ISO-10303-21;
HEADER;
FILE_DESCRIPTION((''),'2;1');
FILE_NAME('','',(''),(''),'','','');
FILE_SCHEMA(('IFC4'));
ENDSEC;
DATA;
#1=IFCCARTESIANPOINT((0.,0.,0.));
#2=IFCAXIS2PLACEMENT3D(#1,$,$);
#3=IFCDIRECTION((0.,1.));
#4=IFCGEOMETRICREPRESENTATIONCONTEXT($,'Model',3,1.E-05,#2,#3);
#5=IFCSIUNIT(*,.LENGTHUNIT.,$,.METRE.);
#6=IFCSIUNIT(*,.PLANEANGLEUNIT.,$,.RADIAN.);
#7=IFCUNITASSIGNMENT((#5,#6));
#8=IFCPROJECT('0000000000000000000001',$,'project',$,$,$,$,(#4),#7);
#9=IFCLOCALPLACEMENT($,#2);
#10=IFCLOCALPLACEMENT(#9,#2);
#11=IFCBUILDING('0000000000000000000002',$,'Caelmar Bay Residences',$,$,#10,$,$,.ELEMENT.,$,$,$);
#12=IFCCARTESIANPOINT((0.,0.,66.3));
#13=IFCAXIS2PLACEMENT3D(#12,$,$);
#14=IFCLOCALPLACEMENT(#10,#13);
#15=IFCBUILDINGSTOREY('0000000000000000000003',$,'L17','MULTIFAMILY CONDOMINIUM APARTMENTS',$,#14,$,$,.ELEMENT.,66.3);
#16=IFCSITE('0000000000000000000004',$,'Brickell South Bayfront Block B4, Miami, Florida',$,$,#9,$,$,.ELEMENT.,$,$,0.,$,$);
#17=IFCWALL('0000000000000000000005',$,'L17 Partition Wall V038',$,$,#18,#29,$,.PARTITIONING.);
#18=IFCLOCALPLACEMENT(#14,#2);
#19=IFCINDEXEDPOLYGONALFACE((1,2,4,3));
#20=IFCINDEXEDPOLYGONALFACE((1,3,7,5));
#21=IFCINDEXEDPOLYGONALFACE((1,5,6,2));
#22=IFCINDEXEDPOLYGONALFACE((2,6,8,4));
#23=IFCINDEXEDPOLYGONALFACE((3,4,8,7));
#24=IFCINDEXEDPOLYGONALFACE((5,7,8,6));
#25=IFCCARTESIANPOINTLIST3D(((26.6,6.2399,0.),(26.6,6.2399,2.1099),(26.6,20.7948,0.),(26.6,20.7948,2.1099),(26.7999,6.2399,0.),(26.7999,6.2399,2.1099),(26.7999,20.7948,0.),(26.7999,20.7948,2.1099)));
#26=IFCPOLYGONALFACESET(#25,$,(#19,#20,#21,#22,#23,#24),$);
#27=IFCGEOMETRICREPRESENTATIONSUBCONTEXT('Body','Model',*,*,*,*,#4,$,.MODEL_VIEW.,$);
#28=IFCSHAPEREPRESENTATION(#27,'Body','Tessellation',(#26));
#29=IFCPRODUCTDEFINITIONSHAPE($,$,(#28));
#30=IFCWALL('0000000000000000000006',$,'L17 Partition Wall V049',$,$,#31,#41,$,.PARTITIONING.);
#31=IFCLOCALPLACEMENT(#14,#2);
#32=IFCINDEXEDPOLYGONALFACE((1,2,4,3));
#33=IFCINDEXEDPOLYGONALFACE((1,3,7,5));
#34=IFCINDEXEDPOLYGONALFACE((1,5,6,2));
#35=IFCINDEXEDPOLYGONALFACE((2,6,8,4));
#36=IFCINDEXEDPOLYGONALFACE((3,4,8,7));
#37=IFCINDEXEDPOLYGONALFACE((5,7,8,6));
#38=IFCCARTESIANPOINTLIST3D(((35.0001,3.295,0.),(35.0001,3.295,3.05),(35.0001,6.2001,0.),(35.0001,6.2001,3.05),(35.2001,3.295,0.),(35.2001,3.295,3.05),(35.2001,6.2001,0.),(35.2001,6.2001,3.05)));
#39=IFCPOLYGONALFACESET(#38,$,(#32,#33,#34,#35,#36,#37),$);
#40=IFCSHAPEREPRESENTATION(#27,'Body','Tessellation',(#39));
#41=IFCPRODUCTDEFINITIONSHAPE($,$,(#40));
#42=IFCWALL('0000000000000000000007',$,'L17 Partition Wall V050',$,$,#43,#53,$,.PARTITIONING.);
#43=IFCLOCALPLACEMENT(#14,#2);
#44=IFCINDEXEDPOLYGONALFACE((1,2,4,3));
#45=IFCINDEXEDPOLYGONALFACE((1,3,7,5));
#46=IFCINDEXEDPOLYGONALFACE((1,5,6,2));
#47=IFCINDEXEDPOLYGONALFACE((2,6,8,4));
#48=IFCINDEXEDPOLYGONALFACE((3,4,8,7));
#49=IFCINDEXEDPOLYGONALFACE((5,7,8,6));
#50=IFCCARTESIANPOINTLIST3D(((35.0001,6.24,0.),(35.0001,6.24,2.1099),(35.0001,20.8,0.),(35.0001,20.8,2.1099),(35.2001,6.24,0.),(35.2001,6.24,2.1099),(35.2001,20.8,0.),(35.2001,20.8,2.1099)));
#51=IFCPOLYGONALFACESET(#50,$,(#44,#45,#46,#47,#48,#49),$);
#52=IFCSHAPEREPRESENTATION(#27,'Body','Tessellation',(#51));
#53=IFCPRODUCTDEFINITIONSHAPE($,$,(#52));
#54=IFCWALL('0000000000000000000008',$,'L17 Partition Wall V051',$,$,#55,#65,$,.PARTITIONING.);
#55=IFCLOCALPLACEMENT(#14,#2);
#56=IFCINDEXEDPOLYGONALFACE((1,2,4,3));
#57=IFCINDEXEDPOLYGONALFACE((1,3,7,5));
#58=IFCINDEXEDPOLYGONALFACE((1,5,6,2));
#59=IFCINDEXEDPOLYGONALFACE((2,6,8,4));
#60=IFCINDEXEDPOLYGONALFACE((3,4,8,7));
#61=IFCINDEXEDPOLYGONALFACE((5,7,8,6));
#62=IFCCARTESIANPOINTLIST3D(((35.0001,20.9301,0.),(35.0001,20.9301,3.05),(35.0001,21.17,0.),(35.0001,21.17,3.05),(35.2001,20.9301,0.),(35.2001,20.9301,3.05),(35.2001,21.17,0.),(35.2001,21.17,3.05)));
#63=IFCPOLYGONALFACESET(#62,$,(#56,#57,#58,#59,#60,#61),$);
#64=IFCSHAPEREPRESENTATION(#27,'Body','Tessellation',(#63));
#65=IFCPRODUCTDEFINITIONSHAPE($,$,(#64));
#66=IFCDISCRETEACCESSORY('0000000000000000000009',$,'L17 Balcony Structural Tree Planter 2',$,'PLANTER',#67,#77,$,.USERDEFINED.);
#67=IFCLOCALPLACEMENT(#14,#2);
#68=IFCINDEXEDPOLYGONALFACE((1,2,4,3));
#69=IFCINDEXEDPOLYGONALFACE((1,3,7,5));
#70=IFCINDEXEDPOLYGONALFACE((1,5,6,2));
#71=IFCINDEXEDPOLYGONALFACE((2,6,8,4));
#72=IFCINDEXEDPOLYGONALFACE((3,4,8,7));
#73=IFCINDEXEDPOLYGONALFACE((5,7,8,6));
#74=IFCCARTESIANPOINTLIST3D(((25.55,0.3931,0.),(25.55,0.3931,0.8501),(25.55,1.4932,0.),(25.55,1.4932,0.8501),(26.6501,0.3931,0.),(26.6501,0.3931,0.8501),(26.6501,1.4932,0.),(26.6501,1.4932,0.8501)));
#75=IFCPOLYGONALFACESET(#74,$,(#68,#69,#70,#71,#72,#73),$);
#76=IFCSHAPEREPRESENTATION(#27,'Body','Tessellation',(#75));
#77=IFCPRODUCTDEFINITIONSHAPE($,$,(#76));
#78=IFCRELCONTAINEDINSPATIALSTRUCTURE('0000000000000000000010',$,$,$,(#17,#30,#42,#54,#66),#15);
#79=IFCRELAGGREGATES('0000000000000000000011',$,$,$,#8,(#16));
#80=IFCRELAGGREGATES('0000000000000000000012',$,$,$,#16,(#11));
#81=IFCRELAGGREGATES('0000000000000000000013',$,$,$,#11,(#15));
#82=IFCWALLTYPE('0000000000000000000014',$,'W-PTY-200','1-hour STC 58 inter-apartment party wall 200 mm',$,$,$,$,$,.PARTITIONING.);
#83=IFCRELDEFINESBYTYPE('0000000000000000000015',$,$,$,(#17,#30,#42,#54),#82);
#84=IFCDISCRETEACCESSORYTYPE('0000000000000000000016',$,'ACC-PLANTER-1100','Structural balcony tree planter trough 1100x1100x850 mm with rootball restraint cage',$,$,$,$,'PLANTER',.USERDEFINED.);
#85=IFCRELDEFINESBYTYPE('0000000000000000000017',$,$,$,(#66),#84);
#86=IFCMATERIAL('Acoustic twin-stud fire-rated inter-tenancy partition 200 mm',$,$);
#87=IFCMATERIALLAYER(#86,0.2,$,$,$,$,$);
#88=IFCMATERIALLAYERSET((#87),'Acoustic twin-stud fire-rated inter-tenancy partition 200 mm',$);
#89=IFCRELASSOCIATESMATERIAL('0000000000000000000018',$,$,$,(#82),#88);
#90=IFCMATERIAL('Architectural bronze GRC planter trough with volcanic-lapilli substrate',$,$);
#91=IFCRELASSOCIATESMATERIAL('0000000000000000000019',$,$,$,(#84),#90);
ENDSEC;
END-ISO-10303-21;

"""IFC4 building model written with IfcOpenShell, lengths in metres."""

from ifc_helpers import new_model, si_unit, direction, frame, frame_2d, origin, origin_2d, place, context, subcontext, project, spatial, rectangle, extrude, material, layer, layer_set, type_object, element, save


model = new_model("IFC4")

# Units and contexts
model_context = context("Model", 3, precision=1e-05, world=origin(), true_north=direction((0.0, 1.0)))
body_context = subcontext(model_context, "Body", "Model", "MODEL_VIEW")
ifc_project = project(units=[si_unit("LENGTHUNIT", "METRE"), si_unit("PLANEANGLEUNIT", "RADIAN")], contexts=[model_context])

# Site, building, storey
site_placement = place(None, origin())
site = spatial("IfcSite", under=ifc_project, at=site_placement, Name="Brickell South Bayfront Block B4, Miami, Florida", CompositionType="ELEMENT", RefElevation=0.0)
building_placement = place(site_placement, origin())
building = spatial("IfcBuilding", under=site, at=building_placement, Name="Caelmar Bay Residences", CompositionType="ELEMENT")
storey_placement = place(building_placement, frame((0.0, 0.0, 66.3)))
storey = spatial("IfcBuildingStorey", under=building, at=storey_placement, Name="L17", Description="MULTIFAMILY CONDOMINIUM APARTMENTS", CompositionType="ELEMENT", Elevation=66.3)

# Walls
ifc_material_1 = material(Name="Acoustic twin-stud fire-rated inter-tenancy partition 200 mm")
ifc_layer_1 = layer(ifc_material_1, 0.2)
ifc_layer_set_1 = layer_set([ifc_layer_1], Name="Acoustic twin-stud fire-rated inter-tenancy partition 200 mm")
wall_type_1 = type_object("IfcWallType", Name="W-PTY-200", Description="1-hour STC 58 inter-apartment party wall 200 mm", PredefinedType="PARTITIONING", material=ifc_layer_set_1)
wall_1_placement = place(storey_placement, frame((26.7, 6.24, 0.0), z_axis=(0.0, 0.0, 1.0), x_axis=(0.0, 1.0, 0.0)))
element("IfcWall", 1, at=wall_1_placement, inside=storey, type_object=wall_type_1, Name="L17 Partition Wall V038", PredefinedType="PARTITIONING", context=body_context, shape_type="SweptSolid", body=[
    extrude(rectangle(XDim=14.5549, YDim=0.2, at=frame_2d((7.2773, 0.0))), origin(), (0.0, 0.0, 1.0), 2.1099),
])
wall_2_placement = place(storey_placement, frame((35.1001, 3.2949, 0.0), z_axis=(0.0, 0.0, 1.0), x_axis=(0.0, 1.0, 0.0)))
element("IfcWall", 2, at=wall_2_placement, inside=storey, type_object=wall_type_1, Name="L17 Partition Wall V049", PredefinedType="PARTITIONING", context=body_context, shape_type="SweptSolid", body=[
    extrude(rectangle(XDim=2.905, YDim=0.2, at=frame_2d((1.4526, 0.0))), origin(), (0.0, 0.0, 1.0), 3.05),
])
wall_3_placement = place(storey_placement, frame((35.1001, 6.24, 0.0), z_axis=(0.0, 0.0, 1.0), x_axis=(0.0, 1.0, 0.0)))
element("IfcWall", 3, at=wall_3_placement, inside=storey, type_object=wall_type_1, Name="L17 Partition Wall V050", PredefinedType="PARTITIONING", context=body_context, shape_type="SweptSolid", body=[
    extrude(rectangle(XDim=14.5601, YDim=0.2, at=frame_2d((7.28, 0.0))), origin(), (0.0, 0.0, 1.0), 2.1099),
])
wall_4_placement = place(storey_placement, frame((35.1001, 20.9299, 0.0), z_axis=(0.0, 0.0, 1.0), x_axis=(0.0, 1.0, 0.0)))
element("IfcWall", 4, at=wall_4_placement, inside=storey, type_object=wall_type_1, Name="L17 Partition Wall V051", PredefinedType="PARTITIONING", context=body_context, shape_type="SweptSolid", body=[
    extrude(rectangle(XDim=0.24, YDim=0.2, at=frame_2d((0.1201, 0.0))), origin(), (0.0, 0.0, 1.0), 3.05),
])

# Discrete accessory
ifc_material_2 = material(Name="Architectural bronze GRC planter trough with volcanic-lapilli substrate")
discrete_accessory_type = type_object("IfcDiscreteAccessoryType", Name="ACC-PLANTER-1100", Description="Structural balcony tree planter trough 1100x1100x850 mm with rootball restraint cage", ElementType="PLANTER", PredefinedType="USERDEFINED", material=ifc_material_2)
discrete_accessory_placement = place(storey_placement, frame((26.1001, 0.9431, 0.0), z_axis=(0.0, 0.0, 1.0), x_axis=(1.0, 0.0, 0.0)))
element("IfcDiscreteAccessory", 5, at=discrete_accessory_placement, inside=storey, type_object=discrete_accessory_type, Name="L17 Balcony Structural Tree Planter 2", ObjectType="PLANTER", PredefinedType="USERDEFINED", context=body_context, shape_type="SweptSolid", body=[
    extrude(rectangle(XDim=1.1001, YDim=1.1001, at=origin_2d()), origin(), (0.0, 0.0, 1.0), 0.8501),
])

save(model, "model.ifc")
